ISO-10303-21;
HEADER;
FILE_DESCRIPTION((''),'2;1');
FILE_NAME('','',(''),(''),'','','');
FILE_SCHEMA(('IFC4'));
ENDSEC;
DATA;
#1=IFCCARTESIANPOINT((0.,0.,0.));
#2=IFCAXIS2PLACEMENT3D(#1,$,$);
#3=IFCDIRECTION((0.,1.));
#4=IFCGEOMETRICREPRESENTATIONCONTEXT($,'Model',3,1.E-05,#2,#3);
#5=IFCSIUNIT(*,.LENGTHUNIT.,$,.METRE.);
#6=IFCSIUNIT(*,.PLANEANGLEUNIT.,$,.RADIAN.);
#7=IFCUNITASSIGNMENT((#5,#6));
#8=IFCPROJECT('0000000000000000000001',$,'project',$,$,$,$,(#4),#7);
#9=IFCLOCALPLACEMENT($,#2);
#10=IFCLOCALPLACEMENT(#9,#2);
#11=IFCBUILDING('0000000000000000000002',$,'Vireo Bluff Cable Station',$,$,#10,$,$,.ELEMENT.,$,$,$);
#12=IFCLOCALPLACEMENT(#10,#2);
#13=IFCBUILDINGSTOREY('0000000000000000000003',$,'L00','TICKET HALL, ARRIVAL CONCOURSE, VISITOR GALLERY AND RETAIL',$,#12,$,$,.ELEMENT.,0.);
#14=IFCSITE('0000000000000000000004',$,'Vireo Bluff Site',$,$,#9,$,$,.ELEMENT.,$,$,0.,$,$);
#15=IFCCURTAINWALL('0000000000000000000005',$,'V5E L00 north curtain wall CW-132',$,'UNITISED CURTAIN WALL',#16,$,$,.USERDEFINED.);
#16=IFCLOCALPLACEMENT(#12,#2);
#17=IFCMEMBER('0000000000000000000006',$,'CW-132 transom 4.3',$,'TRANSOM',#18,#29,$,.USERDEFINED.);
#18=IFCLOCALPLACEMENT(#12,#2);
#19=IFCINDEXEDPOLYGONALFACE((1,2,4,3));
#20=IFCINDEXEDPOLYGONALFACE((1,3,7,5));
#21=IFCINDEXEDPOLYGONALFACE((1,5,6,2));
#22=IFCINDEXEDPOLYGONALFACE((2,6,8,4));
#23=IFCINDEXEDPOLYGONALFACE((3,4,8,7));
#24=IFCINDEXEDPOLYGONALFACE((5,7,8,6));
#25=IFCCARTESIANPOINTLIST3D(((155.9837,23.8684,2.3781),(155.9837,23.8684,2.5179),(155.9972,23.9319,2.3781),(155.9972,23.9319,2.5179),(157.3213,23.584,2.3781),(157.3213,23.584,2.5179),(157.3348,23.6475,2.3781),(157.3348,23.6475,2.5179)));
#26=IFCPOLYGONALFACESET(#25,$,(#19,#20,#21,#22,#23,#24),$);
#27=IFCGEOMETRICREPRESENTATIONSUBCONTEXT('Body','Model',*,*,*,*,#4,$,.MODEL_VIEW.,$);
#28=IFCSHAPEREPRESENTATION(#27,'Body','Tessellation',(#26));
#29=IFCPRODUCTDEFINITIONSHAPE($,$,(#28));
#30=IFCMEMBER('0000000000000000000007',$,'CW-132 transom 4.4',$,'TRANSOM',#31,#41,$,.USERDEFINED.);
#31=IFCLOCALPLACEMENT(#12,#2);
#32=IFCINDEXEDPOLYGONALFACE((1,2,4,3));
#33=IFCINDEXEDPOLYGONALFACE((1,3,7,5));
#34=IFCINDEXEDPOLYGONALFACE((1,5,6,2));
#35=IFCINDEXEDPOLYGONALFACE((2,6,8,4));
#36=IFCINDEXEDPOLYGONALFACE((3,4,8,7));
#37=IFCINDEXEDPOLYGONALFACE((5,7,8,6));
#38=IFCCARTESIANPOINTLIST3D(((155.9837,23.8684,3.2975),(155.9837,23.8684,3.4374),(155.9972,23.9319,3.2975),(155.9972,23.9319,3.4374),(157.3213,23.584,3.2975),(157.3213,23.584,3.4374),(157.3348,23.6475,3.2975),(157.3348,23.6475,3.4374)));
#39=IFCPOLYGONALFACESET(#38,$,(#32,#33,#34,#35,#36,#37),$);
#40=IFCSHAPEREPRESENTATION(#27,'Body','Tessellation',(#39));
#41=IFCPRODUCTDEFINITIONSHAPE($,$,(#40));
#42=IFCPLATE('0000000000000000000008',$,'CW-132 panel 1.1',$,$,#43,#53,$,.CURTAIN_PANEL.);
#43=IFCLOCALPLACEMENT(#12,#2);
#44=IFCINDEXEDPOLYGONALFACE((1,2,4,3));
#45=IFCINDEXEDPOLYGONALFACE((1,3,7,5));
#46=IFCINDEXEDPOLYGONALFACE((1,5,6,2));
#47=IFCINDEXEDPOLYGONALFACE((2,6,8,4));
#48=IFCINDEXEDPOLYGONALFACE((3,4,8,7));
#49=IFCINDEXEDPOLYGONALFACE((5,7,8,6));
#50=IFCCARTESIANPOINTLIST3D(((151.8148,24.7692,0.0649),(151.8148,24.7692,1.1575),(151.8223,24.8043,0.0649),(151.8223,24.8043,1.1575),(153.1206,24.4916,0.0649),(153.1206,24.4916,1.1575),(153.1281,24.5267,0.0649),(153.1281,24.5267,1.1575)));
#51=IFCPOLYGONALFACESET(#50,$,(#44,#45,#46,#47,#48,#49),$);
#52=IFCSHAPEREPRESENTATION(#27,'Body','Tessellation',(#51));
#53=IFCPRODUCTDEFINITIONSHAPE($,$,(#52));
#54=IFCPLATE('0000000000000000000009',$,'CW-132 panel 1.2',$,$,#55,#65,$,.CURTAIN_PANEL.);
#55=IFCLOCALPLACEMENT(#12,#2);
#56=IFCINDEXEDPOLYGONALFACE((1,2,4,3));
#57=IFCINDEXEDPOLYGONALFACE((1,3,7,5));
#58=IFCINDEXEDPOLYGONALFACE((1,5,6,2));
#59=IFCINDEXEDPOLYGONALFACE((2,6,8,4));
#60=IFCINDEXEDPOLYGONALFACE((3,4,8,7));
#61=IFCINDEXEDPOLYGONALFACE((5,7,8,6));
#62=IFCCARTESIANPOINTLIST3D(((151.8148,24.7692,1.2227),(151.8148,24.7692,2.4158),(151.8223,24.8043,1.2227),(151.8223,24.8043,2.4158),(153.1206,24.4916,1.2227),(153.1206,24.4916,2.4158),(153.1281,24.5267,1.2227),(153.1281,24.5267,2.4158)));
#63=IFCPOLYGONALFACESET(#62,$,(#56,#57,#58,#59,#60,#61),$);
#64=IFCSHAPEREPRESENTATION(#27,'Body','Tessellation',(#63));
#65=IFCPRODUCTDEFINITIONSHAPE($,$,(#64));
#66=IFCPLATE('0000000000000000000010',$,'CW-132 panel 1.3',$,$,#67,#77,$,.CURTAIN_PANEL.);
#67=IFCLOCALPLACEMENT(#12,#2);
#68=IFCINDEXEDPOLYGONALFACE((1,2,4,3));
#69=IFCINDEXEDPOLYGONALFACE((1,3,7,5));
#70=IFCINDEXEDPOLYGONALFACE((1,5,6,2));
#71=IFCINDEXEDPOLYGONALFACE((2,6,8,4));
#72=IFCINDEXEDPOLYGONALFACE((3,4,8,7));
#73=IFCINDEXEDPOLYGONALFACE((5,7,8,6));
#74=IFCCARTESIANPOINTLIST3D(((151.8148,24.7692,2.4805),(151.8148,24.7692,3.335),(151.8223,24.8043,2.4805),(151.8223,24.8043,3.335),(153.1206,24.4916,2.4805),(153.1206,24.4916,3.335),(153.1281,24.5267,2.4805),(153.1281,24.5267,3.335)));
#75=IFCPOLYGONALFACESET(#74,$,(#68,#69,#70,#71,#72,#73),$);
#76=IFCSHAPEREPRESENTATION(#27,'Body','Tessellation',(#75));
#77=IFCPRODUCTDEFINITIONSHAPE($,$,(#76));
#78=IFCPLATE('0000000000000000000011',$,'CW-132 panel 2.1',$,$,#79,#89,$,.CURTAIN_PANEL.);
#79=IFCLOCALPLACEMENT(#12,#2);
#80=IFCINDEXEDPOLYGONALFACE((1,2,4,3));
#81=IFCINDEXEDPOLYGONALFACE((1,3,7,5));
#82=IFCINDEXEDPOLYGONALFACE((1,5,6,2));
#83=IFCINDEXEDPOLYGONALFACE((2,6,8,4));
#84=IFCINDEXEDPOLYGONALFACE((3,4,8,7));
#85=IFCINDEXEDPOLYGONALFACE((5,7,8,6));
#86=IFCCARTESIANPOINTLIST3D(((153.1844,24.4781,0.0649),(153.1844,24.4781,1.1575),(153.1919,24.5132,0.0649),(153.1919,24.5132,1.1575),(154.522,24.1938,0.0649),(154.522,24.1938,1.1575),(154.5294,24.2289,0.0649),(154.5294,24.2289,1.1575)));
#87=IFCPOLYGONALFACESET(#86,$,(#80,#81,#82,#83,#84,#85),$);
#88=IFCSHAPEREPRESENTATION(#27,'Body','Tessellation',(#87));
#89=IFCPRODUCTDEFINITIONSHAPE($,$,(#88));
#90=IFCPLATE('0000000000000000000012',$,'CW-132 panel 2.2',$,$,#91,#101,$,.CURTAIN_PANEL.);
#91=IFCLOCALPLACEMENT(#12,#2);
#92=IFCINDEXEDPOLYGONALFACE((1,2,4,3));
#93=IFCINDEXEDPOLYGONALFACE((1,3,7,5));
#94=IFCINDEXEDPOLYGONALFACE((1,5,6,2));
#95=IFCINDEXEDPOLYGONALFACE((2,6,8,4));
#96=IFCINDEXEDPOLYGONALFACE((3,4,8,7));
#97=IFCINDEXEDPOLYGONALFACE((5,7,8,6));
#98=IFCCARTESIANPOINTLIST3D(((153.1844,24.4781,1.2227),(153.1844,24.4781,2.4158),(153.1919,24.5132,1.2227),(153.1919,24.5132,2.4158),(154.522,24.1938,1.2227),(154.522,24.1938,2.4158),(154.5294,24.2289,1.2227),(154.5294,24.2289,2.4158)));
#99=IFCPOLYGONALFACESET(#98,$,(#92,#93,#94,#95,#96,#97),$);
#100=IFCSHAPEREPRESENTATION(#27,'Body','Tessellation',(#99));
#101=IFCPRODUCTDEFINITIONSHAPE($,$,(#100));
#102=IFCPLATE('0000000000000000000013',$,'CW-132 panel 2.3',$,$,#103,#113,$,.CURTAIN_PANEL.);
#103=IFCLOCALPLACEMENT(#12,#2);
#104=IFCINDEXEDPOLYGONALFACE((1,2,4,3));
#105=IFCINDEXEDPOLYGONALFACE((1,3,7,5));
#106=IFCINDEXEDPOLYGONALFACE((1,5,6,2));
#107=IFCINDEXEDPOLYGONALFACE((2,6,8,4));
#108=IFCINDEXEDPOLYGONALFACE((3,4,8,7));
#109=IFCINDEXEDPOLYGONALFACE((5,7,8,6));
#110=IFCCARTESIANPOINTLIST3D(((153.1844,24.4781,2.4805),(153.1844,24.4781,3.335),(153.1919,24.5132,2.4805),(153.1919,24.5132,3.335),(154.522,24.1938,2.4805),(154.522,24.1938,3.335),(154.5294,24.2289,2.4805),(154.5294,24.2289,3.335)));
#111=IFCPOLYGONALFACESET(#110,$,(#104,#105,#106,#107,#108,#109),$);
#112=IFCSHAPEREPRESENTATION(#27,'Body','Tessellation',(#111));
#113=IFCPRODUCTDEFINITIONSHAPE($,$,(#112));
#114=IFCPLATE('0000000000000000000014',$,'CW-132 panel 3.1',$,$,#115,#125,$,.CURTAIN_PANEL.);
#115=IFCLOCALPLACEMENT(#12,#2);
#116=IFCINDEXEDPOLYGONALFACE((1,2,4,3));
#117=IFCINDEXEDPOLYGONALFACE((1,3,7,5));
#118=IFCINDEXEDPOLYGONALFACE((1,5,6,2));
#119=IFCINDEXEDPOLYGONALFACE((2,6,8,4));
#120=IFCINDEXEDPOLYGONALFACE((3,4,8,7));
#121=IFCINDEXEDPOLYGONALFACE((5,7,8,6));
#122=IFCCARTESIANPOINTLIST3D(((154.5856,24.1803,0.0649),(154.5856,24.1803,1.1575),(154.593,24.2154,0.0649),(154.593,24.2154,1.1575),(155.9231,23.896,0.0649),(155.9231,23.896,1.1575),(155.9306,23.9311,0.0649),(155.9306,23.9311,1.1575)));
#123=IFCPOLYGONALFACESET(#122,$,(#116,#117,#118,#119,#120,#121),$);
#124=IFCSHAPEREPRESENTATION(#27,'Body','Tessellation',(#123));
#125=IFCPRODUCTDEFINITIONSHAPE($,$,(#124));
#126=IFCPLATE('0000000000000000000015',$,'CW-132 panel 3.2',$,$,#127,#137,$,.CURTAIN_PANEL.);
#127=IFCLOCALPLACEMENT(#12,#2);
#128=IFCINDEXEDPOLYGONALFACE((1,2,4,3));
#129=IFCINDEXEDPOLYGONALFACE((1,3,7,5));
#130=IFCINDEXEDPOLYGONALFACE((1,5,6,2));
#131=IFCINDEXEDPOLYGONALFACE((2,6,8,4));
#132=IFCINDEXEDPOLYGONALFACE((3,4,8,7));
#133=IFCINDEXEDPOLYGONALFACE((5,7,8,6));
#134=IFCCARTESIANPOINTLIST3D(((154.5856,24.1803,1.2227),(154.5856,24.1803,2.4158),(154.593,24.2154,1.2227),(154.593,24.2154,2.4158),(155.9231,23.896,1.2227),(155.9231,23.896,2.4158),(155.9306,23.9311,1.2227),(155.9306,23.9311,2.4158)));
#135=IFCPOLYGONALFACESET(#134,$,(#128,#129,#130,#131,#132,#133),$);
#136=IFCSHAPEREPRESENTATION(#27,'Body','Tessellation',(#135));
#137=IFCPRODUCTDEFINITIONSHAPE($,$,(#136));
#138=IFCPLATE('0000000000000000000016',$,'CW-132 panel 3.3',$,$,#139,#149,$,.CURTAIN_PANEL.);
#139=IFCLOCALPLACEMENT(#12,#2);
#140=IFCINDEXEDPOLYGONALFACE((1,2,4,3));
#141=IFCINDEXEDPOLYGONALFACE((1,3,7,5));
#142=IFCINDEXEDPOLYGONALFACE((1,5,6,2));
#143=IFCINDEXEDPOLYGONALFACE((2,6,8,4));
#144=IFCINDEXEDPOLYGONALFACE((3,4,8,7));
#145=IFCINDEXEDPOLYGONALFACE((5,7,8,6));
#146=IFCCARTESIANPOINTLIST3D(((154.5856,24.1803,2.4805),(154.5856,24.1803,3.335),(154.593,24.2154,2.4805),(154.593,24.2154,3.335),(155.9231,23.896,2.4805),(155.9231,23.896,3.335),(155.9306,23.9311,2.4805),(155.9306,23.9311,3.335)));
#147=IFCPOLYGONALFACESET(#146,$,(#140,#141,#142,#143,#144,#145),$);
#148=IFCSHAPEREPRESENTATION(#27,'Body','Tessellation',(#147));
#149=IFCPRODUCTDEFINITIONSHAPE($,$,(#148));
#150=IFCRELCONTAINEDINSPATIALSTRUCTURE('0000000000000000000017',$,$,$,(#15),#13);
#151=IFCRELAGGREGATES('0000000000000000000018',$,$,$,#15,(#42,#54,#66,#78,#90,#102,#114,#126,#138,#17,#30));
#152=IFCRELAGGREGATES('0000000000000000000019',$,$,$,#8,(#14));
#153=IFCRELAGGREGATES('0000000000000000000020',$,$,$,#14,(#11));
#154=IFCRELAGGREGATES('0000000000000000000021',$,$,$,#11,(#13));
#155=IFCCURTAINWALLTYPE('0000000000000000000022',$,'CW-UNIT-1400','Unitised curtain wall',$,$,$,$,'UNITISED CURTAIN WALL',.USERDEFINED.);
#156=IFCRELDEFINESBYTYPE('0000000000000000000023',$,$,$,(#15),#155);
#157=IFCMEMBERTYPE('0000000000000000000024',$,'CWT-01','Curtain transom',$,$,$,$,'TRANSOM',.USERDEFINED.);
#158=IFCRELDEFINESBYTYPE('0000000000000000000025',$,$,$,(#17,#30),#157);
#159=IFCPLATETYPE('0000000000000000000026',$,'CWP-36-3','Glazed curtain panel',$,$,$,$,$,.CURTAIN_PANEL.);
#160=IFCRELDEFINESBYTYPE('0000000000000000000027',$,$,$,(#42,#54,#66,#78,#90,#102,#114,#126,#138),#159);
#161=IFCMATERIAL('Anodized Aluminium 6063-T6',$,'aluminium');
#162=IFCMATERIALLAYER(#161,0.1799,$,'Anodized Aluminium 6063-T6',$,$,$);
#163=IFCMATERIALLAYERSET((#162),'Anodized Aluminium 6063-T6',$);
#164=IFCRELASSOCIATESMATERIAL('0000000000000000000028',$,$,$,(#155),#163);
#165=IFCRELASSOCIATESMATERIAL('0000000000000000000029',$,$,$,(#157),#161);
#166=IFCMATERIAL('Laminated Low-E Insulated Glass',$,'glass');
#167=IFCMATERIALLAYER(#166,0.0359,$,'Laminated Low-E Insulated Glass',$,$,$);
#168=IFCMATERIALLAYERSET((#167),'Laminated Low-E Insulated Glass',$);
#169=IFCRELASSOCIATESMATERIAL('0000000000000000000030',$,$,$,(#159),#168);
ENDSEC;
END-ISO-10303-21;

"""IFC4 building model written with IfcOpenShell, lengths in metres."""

from ifc_helpers import new_model, si_unit, direction, frame, origin, origin_2d, place, context, subcontext, project, spatial, rectangle, extrude, material, layer, layer_set, material_profile, profile_set, type_object, element, aggregate, save


model = new_model("IFC4")

# Units and contexts
model_context = context("Model", 3, precision=1e-05, world=origin(), true_north=direction((0.0, 1.0)))
body_context = subcontext(model_context, "Body", "Model", "MODEL_VIEW")
ifc_project = project(units=[si_unit("LENGTHUNIT", "METRE"), si_unit("PLANEANGLEUNIT", "RADIAN")], contexts=[model_context])

# Site, building, storey
site_placement = place(None, origin())
site = spatial("IfcSite", under=ifc_project, at=site_placement, Name="Vireo Bluff Site", CompositionType="ELEMENT", RefElevation=0.0)
building_placement = place(site_placement, origin())
building = spatial("IfcBuilding", under=site, at=building_placement, Name="Vireo Bluff Cable Station", CompositionType="ELEMENT")
storey_placement = place(building_placement, origin())
storey = spatial("IfcBuildingStorey", under=building, at=storey_placement, Name="L00", Description="TICKET HALL, ARRIVAL CONCOURSE, VISITOR GALLERY AND RETAIL", CompositionType="ELEMENT", Elevation=0.0)

# Curtain wall, members, plates
ifc_material_1 = material(Name="Anodized Aluminium 6063-T6", Category="aluminium")
ifc_layer_1 = layer(ifc_material_1, 0.1799, Name="Anodized Aluminium 6063-T6")
ifc_layer_set_1 = layer_set([ifc_layer_1], Name="Anodized Aluminium 6063-T6")
curtain_wall_type = type_object("IfcCurtainWallType", Name="CW-UNIT-1400", Description="Unitised curtain wall", ElementType="UNITISED CURTAIN WALL", PredefinedType="USERDEFINED", material=ifc_layer_set_1)
curtain_wall_placement = place(storey_placement, origin())
curtain_wall = element("IfcCurtainWall", 1, at=curtain_wall_placement, inside=storey, type_object=curtain_wall_type, Name="V5E L00 north curtain wall CW-132", ObjectType="UNITISED CURTAIN WALL", PredefinedType="USERDEFINED")
ifc_material_profile_1 = material_profile(ifc_material_1, rectangle(XDim=0.0649, YDim=0.1399, at=origin_2d()), Name="ALU-T-65X140")
ifc_profile_set_1 = profile_set([ifc_material_profile_1], Name="Anodized Aluminium 6063-T6")
member_type_1 = type_object("IfcMemberType", Name="CWT-01", Description="Curtain transom", ElementType="TRANSOM", PredefinedType="USERDEFINED", material=ifc_profile_set_1)
member_1_placement = place(storey_placement, frame((155.9905, 23.9001, 2.448), z_axis=(0.978133, -0.20798, 0.0), x_axis=(0.20798, 0.978133, 0.0)))
member_1 = element("IfcMember", 2, at=member_1_placement, type_object=member_type_1, Name="CW-132 transom 4.3", ObjectType="TRANSOM", PredefinedType="USERDEFINED", context=body_context, shape_type="SweptSolid", body=[
    extrude(rectangle(XDim=0.0649, YDim=0.1399, at=origin_2d()), origin(), (0.0, 0.0, 1.0), 1.3674),
])
member_2_placement = place(storey_placement, frame((155.9905, 23.9001, 3.3674), z_axis=(0.978133, -0.20798, 0.0), x_axis=(0.20798, 0.978133, 0.0)))
member_2 = element("IfcMember", 3, at=member_2_placement, type_object=member_type_1, Name="CW-132 transom 4.4", ObjectType="TRANSOM", PredefinedType="USERDEFINED", context=body_context, shape_type="SweptSolid", body=[
    extrude(rectangle(XDim=0.0649, YDim=0.1399, at=origin_2d()), origin(), (0.0, 0.0, 1.0), 1.3674),
])
ifc_material_2 = material(Name="Laminated Low-E Insulated Glass", Category="glass")
ifc_layer_2 = layer(ifc_material_2, 0.0359, Name="Laminated Low-E Insulated Glass")
ifc_layer_set_2 = layer_set([ifc_layer_2], Name="Laminated Low-E Insulated Glass")
plate_type = type_object("IfcPlateType", Name="CWP-36-3", Description="Glazed curtain panel", PredefinedType="CURTAIN_PANEL", material=ifc_layer_set_2)
plate_1_placement = place(storey_placement, frame((152.4714, 24.6479, 0.0649), z_axis=(0.0, 0.0, 1.0), x_axis=(0.978148, -0.207912, 0.0)))
plate_1 = element("IfcPlate", 4, at=plate_1_placement, type_object=plate_type, Name="CW-132 panel 1.1", PredefinedType="CURTAIN_PANEL", context=body_context, shape_type="SweptSolid", body=[
    extrude(rectangle(XDim=1.335, YDim=0.0359, at=origin_2d()), origin(), (0.0, 0.0, 1.0), 1.0925),
])
plate_2_placement = place(storey_placement, frame((152.4714, 24.6479, 1.2227), z_axis=(0.0, 0.0, 1.0), x_axis=(0.978148, -0.207912, 0.0)))
plate_2 = element("IfcPlate", 5, at=plate_2_placement, type_object=plate_type, Name="CW-132 panel 1.2", PredefinedType="CURTAIN_PANEL", context=body_context, shape_type="SweptSolid", body=[
    extrude(rectangle(XDim=1.335, YDim=0.0359, at=origin_2d()), origin(), (0.0, 0.0, 1.0), 1.1931),
])
plate_3_placement = place(storey_placement, frame((152.4714, 24.6479, 2.4805), z_axis=(0.0, 0.0, 1.0), x_axis=(0.978148, -0.207912, 0.0)))
plate_3 = element("IfcPlate", 6, at=plate_3_placement, type_object=plate_type, Name="CW-132 panel 1.3", PredefinedType="CURTAIN_PANEL", context=body_context, shape_type="SweptSolid", body=[
    extrude(rectangle(XDim=1.335, YDim=0.0359, at=origin_2d()), origin(), (0.0, 0.0, 1.0), 0.8545),
])
plate_4_placement = place(storey_placement, frame((153.8569, 24.3535, 0.0649), z_axis=(0.0, 0.0, 1.0), x_axis=(0.978148, -0.207912, 0.0)))
plate_4 = element("IfcPlate", 7, at=plate_4_placement, type_object=plate_type, Name="CW-132 panel 2.1", PredefinedType="CURTAIN_PANEL", context=body_context, shape_type="SweptSolid", body=[
    extrude(rectangle(XDim=1.3674, YDim=0.0359, at=origin_2d()), origin(), (0.0, 0.0, 1.0), 1.0925),
])
plate_5_placement = place(storey_placement, frame((153.8569, 24.3535, 1.2227), z_axis=(0.0, 0.0, 1.0), x_axis=(0.978148, -0.207912, 0.0)))
plate_5 = element("IfcPlate", 8, at=plate_5_placement, type_object=plate_type, Name="CW-132 panel 2.2", PredefinedType="CURTAIN_PANEL", context=body_context, shape_type="SweptSolid", body=[
    extrude(rectangle(XDim=1.3674, YDim=0.0359, at=origin_2d()), origin(), (0.0, 0.0, 1.0), 1.1931),
])
plate_6_placement = place(storey_placement, frame((153.8569, 24.3535, 2.4805), z_axis=(0.0, 0.0, 1.0), x_axis=(0.978148, -0.207912, 0.0)))
plate_6 = element("IfcPlate", 9, at=plate_6_placement, type_object=plate_type, Name="CW-132 panel 2.3", PredefinedType="CURTAIN_PANEL", context=body_context, shape_type="SweptSolid", body=[
    extrude(rectangle(XDim=1.3674, YDim=0.0359, at=origin_2d()), origin(), (0.0, 0.0, 1.0), 0.8545),
])
plate_7_placement = place(storey_placement, frame((155.2581, 24.0557, 0.0649), z_axis=(0.0, 0.0, 1.0), x_axis=(0.978148, -0.207912, 0.0)))
plate_7 = element("IfcPlate", 10, at=plate_7_placement, type_object=plate_type, Name="CW-132 panel 3.1", PredefinedType="CURTAIN_PANEL", context=body_context, shape_type="SweptSolid", body=[
    extrude(rectangle(XDim=1.3674, YDim=0.0359, at=origin_2d()), origin(), (0.0, 0.0, 1.0), 1.0925),
])
plate_8_placement = place(storey_placement, frame((155.2581, 24.0557, 1.2227), z_axis=(0.0, 0.0, 1.0), x_axis=(0.978148, -0.207912, 0.0)))
plate_8 = element("IfcPlate", 11, at=plate_8_placement, type_object=plate_type, Name="CW-132 panel 3.2", PredefinedType="CURTAIN_PANEL", context=body_context, shape_type="SweptSolid", body=[
    extrude(rectangle(XDim=1.3674, YDim=0.0359, at=origin_2d()), origin(), (0.0, 0.0, 1.0), 1.1931),
])
plate_9_placement = place(storey_placement, frame((155.2581, 24.0557, 2.4805), z_axis=(0.0, 0.0, 1.0), x_axis=(0.978148, -0.207912, 0.0)))
plate_9 = element("IfcPlate", 12, at=plate_9_placement, type_object=plate_type, Name="CW-132 panel 3.3", PredefinedType="CURTAIN_PANEL", context=body_context, shape_type="SweptSolid", body=[
    extrude(rectangle(XDim=1.3674, YDim=0.0359, at=origin_2d()), origin(), (0.0, 0.0, 1.0), 0.8545),
])
aggregate(curtain_wall, [plate_1, plate_2, plate_3, plate_4, plate_5, plate_6, plate_7, plate_8, plate_9, member_1, member_2])

save(model, "model.ifc")
